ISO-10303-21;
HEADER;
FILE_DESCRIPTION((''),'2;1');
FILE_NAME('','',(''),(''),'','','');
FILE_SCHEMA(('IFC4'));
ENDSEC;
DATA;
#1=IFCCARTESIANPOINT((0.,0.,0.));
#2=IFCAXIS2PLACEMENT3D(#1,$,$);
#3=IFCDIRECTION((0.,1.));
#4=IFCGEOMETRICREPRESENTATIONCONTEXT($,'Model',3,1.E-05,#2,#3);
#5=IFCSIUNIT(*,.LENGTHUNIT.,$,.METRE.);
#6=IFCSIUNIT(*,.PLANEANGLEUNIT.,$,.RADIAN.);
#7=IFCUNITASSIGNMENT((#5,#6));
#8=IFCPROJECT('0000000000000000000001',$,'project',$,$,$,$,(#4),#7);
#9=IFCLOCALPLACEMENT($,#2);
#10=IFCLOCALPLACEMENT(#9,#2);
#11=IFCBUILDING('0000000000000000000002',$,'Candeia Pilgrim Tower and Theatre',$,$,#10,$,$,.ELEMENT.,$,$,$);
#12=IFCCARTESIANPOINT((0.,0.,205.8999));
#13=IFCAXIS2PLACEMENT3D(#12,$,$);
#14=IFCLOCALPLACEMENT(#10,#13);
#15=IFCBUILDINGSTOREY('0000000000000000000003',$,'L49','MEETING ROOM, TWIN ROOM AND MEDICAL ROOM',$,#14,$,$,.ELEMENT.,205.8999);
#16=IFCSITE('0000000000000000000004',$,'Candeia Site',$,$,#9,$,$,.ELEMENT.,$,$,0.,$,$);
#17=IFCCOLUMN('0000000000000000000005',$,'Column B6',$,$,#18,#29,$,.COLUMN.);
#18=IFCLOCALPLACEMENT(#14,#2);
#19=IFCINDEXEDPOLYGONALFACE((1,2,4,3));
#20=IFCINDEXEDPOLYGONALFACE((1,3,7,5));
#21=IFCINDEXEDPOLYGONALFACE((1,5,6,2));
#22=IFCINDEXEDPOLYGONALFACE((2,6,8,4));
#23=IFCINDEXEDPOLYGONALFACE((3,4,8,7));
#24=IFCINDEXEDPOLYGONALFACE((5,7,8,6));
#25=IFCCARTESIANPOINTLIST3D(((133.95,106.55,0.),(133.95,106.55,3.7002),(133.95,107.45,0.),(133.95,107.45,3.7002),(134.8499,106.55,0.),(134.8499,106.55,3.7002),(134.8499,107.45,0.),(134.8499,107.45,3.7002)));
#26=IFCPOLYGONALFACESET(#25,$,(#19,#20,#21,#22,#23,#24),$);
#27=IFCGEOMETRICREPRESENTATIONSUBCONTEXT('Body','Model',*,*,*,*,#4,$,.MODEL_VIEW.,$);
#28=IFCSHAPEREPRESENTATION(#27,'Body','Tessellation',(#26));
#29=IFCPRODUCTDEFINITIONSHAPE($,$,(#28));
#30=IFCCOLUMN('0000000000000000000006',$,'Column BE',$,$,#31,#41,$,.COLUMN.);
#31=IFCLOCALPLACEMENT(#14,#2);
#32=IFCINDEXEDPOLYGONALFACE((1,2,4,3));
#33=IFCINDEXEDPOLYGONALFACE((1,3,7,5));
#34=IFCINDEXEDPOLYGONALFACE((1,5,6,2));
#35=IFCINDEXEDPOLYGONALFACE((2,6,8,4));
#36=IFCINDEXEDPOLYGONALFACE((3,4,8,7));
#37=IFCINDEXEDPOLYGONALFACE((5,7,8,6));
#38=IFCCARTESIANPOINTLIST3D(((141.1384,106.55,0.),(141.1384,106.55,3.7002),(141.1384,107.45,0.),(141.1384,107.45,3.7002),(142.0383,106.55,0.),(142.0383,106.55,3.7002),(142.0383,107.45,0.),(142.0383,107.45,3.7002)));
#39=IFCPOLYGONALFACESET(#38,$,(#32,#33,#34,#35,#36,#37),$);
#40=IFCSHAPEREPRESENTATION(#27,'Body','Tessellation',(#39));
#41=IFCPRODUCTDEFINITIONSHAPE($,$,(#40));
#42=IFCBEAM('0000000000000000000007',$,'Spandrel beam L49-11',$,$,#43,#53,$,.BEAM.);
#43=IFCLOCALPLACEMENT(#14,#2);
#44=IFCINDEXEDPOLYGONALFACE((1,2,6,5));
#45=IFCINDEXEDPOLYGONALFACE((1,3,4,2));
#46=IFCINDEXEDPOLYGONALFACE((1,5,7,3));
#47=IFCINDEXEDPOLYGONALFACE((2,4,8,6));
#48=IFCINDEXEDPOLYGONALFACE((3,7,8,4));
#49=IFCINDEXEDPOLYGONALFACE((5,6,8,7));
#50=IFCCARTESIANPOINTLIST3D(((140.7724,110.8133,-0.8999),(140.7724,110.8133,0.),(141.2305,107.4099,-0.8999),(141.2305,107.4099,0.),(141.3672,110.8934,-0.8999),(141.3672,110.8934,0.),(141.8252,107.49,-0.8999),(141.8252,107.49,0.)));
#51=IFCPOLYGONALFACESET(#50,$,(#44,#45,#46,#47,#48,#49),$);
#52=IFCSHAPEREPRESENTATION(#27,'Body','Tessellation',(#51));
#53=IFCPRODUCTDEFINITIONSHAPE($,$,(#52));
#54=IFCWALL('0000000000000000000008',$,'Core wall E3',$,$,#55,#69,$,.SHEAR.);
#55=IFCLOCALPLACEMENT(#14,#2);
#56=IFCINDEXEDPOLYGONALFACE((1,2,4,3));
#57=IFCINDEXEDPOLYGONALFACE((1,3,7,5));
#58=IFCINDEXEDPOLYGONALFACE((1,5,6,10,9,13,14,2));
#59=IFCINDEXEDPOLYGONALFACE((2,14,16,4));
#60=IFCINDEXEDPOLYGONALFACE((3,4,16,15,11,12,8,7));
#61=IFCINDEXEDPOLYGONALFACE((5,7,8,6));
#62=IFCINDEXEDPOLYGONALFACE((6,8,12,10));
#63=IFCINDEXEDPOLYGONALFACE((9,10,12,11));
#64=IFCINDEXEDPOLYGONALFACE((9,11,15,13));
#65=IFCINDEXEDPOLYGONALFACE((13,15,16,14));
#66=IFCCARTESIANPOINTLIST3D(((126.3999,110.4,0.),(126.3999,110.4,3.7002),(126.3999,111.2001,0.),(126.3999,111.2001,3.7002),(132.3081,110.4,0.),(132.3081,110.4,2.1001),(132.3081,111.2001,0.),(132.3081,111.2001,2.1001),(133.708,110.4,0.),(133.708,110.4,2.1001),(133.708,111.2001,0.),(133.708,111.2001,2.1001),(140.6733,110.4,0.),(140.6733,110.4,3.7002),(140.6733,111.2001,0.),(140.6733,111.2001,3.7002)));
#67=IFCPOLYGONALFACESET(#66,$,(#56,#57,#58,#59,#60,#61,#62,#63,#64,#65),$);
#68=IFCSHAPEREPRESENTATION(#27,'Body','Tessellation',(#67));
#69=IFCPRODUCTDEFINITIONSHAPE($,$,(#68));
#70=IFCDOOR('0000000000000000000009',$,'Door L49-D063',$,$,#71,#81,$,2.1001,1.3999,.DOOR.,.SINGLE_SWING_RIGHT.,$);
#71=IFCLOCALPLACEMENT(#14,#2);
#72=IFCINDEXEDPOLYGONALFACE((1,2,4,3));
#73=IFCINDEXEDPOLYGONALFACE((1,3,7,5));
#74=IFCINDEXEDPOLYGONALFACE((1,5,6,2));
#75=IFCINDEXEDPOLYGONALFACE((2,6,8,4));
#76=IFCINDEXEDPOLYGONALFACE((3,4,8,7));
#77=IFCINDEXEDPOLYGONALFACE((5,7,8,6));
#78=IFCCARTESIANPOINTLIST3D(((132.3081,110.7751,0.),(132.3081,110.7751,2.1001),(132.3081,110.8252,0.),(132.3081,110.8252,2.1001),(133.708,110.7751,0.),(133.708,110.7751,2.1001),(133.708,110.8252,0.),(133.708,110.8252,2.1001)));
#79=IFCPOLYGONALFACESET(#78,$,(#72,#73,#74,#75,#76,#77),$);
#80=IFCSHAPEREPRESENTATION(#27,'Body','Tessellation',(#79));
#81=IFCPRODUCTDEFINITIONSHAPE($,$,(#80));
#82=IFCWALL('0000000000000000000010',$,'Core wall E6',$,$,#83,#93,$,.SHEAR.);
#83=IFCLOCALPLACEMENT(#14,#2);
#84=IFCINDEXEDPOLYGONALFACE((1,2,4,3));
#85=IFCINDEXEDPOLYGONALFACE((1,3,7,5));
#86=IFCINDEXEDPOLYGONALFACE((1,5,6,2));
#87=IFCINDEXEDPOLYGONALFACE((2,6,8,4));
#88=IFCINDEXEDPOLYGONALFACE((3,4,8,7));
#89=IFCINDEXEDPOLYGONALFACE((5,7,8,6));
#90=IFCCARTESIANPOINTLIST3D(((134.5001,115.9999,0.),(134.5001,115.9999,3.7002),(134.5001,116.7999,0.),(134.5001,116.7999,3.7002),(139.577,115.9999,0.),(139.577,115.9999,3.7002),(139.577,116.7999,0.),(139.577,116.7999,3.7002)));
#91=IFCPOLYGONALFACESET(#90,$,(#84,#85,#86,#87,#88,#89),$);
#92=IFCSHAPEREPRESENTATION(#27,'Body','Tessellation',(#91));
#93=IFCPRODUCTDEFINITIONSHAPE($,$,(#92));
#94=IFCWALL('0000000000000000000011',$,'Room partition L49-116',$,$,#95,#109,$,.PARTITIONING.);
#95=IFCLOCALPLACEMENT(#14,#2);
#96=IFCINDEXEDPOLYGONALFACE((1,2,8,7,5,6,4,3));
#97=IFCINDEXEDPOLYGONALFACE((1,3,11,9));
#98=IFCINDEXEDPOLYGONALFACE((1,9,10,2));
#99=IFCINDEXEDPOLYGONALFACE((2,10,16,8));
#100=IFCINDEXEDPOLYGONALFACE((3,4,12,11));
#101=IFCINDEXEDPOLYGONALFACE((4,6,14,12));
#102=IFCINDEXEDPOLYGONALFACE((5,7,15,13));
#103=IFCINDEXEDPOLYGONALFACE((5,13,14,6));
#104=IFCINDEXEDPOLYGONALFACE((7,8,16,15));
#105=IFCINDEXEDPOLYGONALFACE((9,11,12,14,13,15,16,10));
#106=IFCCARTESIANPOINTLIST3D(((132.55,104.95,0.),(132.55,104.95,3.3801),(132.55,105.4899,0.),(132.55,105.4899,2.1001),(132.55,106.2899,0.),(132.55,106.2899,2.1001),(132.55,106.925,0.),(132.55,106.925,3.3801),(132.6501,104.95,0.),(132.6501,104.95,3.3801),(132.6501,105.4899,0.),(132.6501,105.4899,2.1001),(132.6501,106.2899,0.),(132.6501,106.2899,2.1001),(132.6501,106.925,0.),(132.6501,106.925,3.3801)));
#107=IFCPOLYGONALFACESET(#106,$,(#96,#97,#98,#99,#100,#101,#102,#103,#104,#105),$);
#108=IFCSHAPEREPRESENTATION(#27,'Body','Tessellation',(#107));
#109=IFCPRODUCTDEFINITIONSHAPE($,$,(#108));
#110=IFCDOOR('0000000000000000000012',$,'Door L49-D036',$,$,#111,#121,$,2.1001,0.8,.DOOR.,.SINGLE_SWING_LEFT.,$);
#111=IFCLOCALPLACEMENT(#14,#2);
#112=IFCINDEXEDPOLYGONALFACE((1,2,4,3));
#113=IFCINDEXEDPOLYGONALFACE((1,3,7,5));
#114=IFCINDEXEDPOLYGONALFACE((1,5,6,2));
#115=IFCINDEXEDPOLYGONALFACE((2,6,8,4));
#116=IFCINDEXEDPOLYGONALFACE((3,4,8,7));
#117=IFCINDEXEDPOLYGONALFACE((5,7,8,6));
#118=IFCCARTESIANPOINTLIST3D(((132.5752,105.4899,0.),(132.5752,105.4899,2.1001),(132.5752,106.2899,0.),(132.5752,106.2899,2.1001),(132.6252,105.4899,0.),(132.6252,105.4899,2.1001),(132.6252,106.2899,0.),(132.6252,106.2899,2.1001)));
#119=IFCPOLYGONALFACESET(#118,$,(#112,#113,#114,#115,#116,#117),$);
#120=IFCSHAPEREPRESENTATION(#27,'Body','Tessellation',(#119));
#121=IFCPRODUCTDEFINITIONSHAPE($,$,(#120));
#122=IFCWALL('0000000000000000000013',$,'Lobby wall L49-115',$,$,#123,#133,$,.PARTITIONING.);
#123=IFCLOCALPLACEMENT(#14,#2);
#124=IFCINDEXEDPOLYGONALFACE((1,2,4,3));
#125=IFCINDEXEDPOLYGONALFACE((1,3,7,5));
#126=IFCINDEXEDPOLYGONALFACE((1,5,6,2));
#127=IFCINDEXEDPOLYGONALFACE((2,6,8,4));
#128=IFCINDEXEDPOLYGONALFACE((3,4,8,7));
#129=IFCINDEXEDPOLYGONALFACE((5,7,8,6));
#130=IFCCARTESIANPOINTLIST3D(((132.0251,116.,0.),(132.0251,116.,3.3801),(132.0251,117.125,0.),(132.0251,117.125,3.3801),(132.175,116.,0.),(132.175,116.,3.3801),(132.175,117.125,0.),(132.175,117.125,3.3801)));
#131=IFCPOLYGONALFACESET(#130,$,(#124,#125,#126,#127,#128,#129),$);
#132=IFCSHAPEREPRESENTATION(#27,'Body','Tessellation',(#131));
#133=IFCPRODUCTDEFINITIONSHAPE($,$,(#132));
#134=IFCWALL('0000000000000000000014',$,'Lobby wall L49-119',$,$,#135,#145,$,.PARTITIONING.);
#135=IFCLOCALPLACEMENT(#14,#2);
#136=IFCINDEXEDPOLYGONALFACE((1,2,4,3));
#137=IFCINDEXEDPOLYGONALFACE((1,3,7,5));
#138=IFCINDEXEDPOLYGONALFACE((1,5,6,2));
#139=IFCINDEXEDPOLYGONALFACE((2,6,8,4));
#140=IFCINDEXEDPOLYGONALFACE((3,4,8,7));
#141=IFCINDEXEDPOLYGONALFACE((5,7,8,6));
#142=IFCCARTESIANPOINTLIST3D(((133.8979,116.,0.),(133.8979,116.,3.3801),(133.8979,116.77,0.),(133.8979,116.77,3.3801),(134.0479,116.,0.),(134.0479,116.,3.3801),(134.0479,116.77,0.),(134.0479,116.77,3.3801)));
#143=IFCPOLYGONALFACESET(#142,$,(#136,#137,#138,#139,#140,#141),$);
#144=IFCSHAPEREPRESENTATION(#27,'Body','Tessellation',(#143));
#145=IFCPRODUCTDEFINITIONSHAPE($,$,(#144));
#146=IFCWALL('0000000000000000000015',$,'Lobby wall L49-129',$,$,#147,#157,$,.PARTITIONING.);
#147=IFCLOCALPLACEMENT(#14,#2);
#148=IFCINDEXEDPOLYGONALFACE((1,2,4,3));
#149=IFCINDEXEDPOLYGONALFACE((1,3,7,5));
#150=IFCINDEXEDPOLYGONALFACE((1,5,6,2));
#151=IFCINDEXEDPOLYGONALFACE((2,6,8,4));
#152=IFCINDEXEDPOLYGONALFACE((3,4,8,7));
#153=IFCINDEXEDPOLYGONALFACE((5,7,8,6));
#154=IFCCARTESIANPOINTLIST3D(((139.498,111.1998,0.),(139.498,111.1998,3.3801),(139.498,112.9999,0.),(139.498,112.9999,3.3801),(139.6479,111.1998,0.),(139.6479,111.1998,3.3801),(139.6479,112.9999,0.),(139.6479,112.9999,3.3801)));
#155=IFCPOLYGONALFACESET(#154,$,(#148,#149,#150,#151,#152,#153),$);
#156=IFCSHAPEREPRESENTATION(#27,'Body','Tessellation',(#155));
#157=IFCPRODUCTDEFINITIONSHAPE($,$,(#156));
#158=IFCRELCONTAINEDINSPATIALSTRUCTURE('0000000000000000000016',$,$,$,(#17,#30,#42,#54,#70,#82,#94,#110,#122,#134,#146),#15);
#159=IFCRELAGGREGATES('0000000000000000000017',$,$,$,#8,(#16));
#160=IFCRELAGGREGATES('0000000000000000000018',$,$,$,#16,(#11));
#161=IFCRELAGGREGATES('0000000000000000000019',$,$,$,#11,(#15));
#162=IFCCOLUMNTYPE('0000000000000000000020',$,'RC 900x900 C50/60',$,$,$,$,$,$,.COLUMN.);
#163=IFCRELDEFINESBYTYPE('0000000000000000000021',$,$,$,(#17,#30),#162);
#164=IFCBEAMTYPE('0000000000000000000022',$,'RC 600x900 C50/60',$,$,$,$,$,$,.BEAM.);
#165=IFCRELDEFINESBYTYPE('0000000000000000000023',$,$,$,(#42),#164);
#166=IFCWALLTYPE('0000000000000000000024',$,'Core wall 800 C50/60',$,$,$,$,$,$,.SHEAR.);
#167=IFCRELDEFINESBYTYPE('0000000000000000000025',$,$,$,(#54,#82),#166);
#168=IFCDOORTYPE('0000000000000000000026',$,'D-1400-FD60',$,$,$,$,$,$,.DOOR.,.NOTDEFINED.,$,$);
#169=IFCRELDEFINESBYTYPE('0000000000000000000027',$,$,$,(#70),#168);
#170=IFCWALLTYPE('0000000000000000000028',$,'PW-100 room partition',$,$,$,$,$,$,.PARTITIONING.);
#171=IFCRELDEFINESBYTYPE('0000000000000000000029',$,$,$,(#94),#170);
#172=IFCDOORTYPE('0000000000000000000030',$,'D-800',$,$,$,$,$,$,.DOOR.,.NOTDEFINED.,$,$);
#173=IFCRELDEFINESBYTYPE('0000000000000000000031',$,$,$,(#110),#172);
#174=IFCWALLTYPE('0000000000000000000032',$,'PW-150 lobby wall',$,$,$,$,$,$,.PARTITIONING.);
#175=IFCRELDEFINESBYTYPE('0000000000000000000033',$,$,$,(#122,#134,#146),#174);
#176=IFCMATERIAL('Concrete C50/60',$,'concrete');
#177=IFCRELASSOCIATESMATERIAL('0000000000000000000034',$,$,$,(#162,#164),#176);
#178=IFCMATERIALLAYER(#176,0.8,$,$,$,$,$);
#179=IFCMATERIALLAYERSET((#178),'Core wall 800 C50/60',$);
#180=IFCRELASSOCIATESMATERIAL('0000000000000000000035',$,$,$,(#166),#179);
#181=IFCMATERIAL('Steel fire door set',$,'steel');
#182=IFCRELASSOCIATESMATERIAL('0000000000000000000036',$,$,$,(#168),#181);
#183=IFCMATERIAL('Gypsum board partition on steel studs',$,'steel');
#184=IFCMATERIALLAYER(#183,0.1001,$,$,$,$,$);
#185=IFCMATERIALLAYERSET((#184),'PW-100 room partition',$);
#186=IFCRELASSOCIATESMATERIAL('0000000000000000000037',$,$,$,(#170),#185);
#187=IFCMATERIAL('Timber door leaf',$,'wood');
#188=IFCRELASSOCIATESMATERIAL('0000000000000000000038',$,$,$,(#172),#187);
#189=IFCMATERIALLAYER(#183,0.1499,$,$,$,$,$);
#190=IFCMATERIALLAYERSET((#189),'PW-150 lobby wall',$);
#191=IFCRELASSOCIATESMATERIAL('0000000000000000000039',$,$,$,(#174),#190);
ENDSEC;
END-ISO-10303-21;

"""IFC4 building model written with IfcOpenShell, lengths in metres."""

from ifc_helpers import new_model, si_unit, direction, frame, frame_2d, origin, origin_2d, place, context, subcontext, project, spatial, rectangle, extrude, material, layer, layer_set, material_profile, profile_set, type_object, element, fill, save


model = new_model("IFC4")

# Units and contexts
model_context = context("Model", 3, precision=1e-05, world=origin(), true_north=direction((0.0, 1.0)))
body_context = subcontext(model_context, "Body", "Model", "MODEL_VIEW")
ifc_project = project(units=[si_unit("LENGTHUNIT", "METRE"), si_unit("PLANEANGLEUNIT", "RADIAN")], contexts=[model_context])

# Site, building, storey
site_placement = place(None, origin())
site = spatial("IfcSite", under=ifc_project, at=site_placement, Name="Candeia Site", CompositionType="ELEMENT", RefElevation=0.0)
building_placement = place(site_placement, origin())
building = spatial("IfcBuilding", under=site, at=building_placement, Name="Candeia Pilgrim Tower and Theatre", CompositionType="ELEMENT")
storey_placement = place(building_placement, frame((0.0, 0.0, 205.8999)))
storey = spatial("IfcBuildingStorey", under=building, at=storey_placement, Name="L49", Description="MEETING ROOM, TWIN ROOM AND MEDICAL ROOM", CompositionType="ELEMENT", Elevation=205.8999)

# Columns
ifc_material_1 = material(Name="Concrete C50/60", Category="concrete")
ifc_material_profile_1 = material_profile(ifc_material_1, rectangle(XDim=0.8999, YDim=0.8999, at=origin_2d()))
ifc_profile_set_1 = profile_set([ifc_material_profile_1], Name="Concrete C50/60")
column_type = type_object("IfcColumnType", Name="RC 900x900 C50/60", PredefinedType="COLUMN", material=ifc_profile_set_1)
for number, where, z_axis, x_axis, name in (
    (1, (134.3999, 107.0, 0.0), (0.0, 0.0, 1.0), (1.0, 0.0, 0.0), "Column B6"),
    (2, (141.5884, 107.0, 0.0), (0.0, 0.0, 1.0), (1.0, 0.0, 0.0), "Column BE"),
):
    element("IfcColumn", number, at=place(storey_placement, frame(where, z_axis=z_axis, x_axis=x_axis)), inside=storey, type_object=column_type, Name=name, PredefinedType="COLUMN", context=body_context, shape_type="SweptSolid", body=[
        extrude(rectangle(XDim=0.8999, YDim=0.8999, at=origin_2d()), origin(), (0.0, 0.0, 1.0), 3.7002),
    ])

# Beam
ifc_material_profile_2 = material_profile(ifc_material_1, rectangle(XDim=0.6001, YDim=0.8999, at=origin_2d()))
ifc_profile_set_2 = profile_set([ifc_material_profile_2], Name="Concrete C50/60")
beam_type = type_object("IfcBeamType", Name="RC 600x900 C50/60", PredefinedType="BEAM", material=ifc_profile_set_2)
beam_placement = place(storey_placement, frame((141.5278, 107.45, -0.45), z_axis=(-0.133374, 0.991066, 0.0), x_axis=(-0.991066, -0.133374, 0.0)))
element("IfcBeam", 3, at=beam_placement, inside=storey, type_object=beam_type, Name="Spandrel beam L49-11", PredefinedType="BEAM", context=body_context, shape_type="SweptSolid", body=[
    extrude(rectangle(XDim=0.6001, YDim=0.8999, at=origin_2d()), origin(), (0.0, 0.0, 1.0), 3.4341),
])

# Wall, opening, door
ifc_layer_1 = layer(ifc_material_1, 0.8)
ifc_layer_set_1 = layer_set([ifc_layer_1], Name="Core wall 800 C50/60")
wall_type_1 = type_object("IfcWallType", Name="Core wall 800 C50/60", PredefinedType="SHEAR", material=ifc_layer_set_1)
wall_1_placement = place(storey_placement, frame((140.6733, 110.8, 0.0), z_axis=(0.0, 0.0, 1.0), x_axis=(-1.0, 0.0, 0.0)))
wall_1 = element("IfcWall", 4, at=wall_1_placement, inside=storey, type_object=wall_type_1, Name="Core wall E3", PredefinedType="SHEAR", context=body_context, shape_type="SweptSolid", body=[
    extrude(rectangle(XDim=14.2734, YDim=0.8, at=frame_2d((7.1367, 0.0))), origin(), (0.0, 0.0, 1.0), 3.7002),
])
opening_1_placement = place(wall_1_placement, frame((6.9653, 0.0, 0.0)))
opening_1 = element("IfcOpeningElement", 5, at=opening_1_placement, cuts=wall_1, PredefinedType="OPENING", context=body_context, shape_type="SweptSolid", body=[
    extrude(rectangle(XDim=1.3999, YDim=2.1001, at=frame_2d((0.7, 1.05))), frame((0.0, 0.4102, 0.0), z_axis=(0.0, -1.0, 0.0), x_axis=(1.0, 0.0, 0.0)), (0.0, 0.0, 1.0), 0.8201),
])
ifc_material_2 = material(Name="Steel fire door set", Category="steel")
door_type_1 = type_object("IfcDoorType", Name="D-1400-FD60", OperationType="NOTDEFINED", PredefinedType="DOOR", material=ifc_material_2)
door_1_placement = place(opening_1_placement, origin())
door_1 = element("IfcDoor", 6, at=door_1_placement, inside=storey, type_object=door_type_1, Name="Door L49-D063", OperationType="SINGLE_SWING_RIGHT", OverallHeight=2.1001, OverallWidth=1.3999, PredefinedType="DOOR", context=body_context, shape_type="SweptSolid", body=[
    extrude(rectangle(XDim=1.3999, YDim=2.1001, at=frame_2d((0.7, 1.05))), frame((0.0, 0.0249, 0.0), z_axis=(0.0, -1.0, 0.0), x_axis=(1.0, 0.0, 0.0)), (0.0, 0.0, 1.0), 0.05),
])
fill(opening_1, door_1)

# Wall
wall_2_placement = place(storey_placement, frame((134.5, 116.3999, 0.0), z_axis=(0.0, 0.0, 1.0), x_axis=(1.0, 0.0, 0.0)))
element("IfcWall", 7, at=wall_2_placement, inside=storey, type_object=wall_type_1, Name="Core wall E6", PredefinedType="SHEAR", context=body_context, shape_type="SweptSolid", body=[
    extrude(rectangle(XDim=5.0769, YDim=0.8, at=frame_2d((2.5386, 0.0))), origin(), (0.0, 0.0, 1.0), 3.7002),
])

# Wall, opening, door
ifc_material_3 = material(Name="Gypsum board partition on steel studs", Category="steel")
ifc_layer_2 = layer(ifc_material_3, 0.1001)
ifc_layer_set_2 = layer_set([ifc_layer_2], Name="PW-100 room partition")
wall_type_2 = type_object("IfcWallType", Name="PW-100 room partition", PredefinedType="PARTITIONING", material=ifc_layer_set_2)
wall_3_placement = place(storey_placement, frame((132.6001, 104.95, 0.0), z_axis=(0.0, 0.0, 1.0), x_axis=(0.0, 1.0, 0.0)))
wall_3 = element("IfcWall", 8, at=wall_3_placement, inside=storey, type_object=wall_type_2, Name="Room partition L49-116", PredefinedType="PARTITIONING", context=body_context, shape_type="SweptSolid", body=[
    extrude(rectangle(XDim=1.9751, YDim=0.1001, at=frame_2d((0.9875, 0.0))), origin(), (0.0, 0.0, 1.0), 3.3801),
])
opening_2_placement = place(wall_3_placement, frame((0.54, 0.0, 0.0)))
opening_2 = element("IfcOpeningElement", 9, at=opening_2_placement, cuts=wall_3, PredefinedType="OPENING", context=body_context, shape_type="SweptSolid", body=[
    extrude(rectangle(XDim=0.8, YDim=2.1001, at=frame_2d((0.3999, 1.05))), frame((0.0, 0.0601, 0.0), z_axis=(0.0, -1.0, 0.0), x_axis=(1.0, 0.0, 0.0)), (0.0, 0.0, 1.0), 0.1201),
])
ifc_material_4 = material(Name="Timber door leaf", Category="wood")
door_type_2 = type_object("IfcDoorType", Name="D-800", OperationType="NOTDEFINED", PredefinedType="DOOR", material=ifc_material_4)
door_2_placement = place(opening_2_placement, origin())
door_2 = element("IfcDoor", 10, at=door_2_placement, inside=storey, type_object=door_type_2, Name="Door L49-D036", OperationType="SINGLE_SWING_LEFT", OverallHeight=2.1001, OverallWidth=0.8, PredefinedType="DOOR", context=body_context, shape_type="SweptSolid", body=[
    extrude(rectangle(XDim=0.8, YDim=2.1001, at=frame_2d((0.3999, 1.05))), frame((0.0, 0.0249, 0.0), z_axis=(0.0, -1.0, 0.0), x_axis=(1.0, 0.0, 0.0)), (0.0, 0.0, 1.0), 0.05),
])
fill(opening_2, door_2)

# Walls
ifc_layer_3 = layer(ifc_material_3, 0.1499)
ifc_layer_set_3 = layer_set([ifc_layer_3], Name="PW-150 lobby wall")
wall_type_3 = type_object("IfcWallType", Name="PW-150 lobby wall", PredefinedType="PARTITIONING", material=ifc_layer_set_3)
wall_4_placement = place(storey_placement, frame((132.1001, 116.0, 0.0), z_axis=(0.0, 0.0, 1.0), x_axis=(0.0, 1.0, 0.0)))
element("IfcWall", 11, at=wall_4_placement, inside=storey, type_object=wall_type_3, Name="Lobby wall L49-115", PredefinedType="PARTITIONING", context=body_context, shape_type="SweptSolid", body=[
    extrude(rectangle(XDim=1.125, YDim=0.1499, at=frame_2d((0.5625, 0.0))), origin(), (0.0, 0.0, 1.0), 3.3801),
])
wall_5_placement = place(storey_placement, frame((133.9729, 116.0, 0.0), z_axis=(0.0, 0.0, 1.0), x_axis=(0.0, 1.0, 0.0)))
element("IfcWall", 12, at=wall_5_placement, inside=storey, type_object=wall_type_3, Name="Lobby wall L49-119", PredefinedType="PARTITIONING", context=body_context, shape_type="SweptSolid", body=[
    extrude(rectangle(XDim=0.77, YDim=0.1499, at=frame_2d((0.385, 0.0))), origin(), (0.0, 0.0, 1.0), 3.3801),
])
wall_6_placement = place(storey_placement, frame((139.573, 111.2, 0.0), z_axis=(0.0, 0.0, 1.0), x_axis=(0.0, 1.0, 0.0)))
element("IfcWall", 13, at=wall_6_placement, inside=storey, type_object=wall_type_3, Name="Lobby wall L49-129", PredefinedType="PARTITIONING", context=body_context, shape_type="SweptSolid", body=[
    extrude(rectangle(XDim=1.8, YDim=0.1499, at=frame_2d((0.8999, 0.0))), origin(), (0.0, 0.0, 1.0), 3.3801),
])

save(model, "model.ifc")
